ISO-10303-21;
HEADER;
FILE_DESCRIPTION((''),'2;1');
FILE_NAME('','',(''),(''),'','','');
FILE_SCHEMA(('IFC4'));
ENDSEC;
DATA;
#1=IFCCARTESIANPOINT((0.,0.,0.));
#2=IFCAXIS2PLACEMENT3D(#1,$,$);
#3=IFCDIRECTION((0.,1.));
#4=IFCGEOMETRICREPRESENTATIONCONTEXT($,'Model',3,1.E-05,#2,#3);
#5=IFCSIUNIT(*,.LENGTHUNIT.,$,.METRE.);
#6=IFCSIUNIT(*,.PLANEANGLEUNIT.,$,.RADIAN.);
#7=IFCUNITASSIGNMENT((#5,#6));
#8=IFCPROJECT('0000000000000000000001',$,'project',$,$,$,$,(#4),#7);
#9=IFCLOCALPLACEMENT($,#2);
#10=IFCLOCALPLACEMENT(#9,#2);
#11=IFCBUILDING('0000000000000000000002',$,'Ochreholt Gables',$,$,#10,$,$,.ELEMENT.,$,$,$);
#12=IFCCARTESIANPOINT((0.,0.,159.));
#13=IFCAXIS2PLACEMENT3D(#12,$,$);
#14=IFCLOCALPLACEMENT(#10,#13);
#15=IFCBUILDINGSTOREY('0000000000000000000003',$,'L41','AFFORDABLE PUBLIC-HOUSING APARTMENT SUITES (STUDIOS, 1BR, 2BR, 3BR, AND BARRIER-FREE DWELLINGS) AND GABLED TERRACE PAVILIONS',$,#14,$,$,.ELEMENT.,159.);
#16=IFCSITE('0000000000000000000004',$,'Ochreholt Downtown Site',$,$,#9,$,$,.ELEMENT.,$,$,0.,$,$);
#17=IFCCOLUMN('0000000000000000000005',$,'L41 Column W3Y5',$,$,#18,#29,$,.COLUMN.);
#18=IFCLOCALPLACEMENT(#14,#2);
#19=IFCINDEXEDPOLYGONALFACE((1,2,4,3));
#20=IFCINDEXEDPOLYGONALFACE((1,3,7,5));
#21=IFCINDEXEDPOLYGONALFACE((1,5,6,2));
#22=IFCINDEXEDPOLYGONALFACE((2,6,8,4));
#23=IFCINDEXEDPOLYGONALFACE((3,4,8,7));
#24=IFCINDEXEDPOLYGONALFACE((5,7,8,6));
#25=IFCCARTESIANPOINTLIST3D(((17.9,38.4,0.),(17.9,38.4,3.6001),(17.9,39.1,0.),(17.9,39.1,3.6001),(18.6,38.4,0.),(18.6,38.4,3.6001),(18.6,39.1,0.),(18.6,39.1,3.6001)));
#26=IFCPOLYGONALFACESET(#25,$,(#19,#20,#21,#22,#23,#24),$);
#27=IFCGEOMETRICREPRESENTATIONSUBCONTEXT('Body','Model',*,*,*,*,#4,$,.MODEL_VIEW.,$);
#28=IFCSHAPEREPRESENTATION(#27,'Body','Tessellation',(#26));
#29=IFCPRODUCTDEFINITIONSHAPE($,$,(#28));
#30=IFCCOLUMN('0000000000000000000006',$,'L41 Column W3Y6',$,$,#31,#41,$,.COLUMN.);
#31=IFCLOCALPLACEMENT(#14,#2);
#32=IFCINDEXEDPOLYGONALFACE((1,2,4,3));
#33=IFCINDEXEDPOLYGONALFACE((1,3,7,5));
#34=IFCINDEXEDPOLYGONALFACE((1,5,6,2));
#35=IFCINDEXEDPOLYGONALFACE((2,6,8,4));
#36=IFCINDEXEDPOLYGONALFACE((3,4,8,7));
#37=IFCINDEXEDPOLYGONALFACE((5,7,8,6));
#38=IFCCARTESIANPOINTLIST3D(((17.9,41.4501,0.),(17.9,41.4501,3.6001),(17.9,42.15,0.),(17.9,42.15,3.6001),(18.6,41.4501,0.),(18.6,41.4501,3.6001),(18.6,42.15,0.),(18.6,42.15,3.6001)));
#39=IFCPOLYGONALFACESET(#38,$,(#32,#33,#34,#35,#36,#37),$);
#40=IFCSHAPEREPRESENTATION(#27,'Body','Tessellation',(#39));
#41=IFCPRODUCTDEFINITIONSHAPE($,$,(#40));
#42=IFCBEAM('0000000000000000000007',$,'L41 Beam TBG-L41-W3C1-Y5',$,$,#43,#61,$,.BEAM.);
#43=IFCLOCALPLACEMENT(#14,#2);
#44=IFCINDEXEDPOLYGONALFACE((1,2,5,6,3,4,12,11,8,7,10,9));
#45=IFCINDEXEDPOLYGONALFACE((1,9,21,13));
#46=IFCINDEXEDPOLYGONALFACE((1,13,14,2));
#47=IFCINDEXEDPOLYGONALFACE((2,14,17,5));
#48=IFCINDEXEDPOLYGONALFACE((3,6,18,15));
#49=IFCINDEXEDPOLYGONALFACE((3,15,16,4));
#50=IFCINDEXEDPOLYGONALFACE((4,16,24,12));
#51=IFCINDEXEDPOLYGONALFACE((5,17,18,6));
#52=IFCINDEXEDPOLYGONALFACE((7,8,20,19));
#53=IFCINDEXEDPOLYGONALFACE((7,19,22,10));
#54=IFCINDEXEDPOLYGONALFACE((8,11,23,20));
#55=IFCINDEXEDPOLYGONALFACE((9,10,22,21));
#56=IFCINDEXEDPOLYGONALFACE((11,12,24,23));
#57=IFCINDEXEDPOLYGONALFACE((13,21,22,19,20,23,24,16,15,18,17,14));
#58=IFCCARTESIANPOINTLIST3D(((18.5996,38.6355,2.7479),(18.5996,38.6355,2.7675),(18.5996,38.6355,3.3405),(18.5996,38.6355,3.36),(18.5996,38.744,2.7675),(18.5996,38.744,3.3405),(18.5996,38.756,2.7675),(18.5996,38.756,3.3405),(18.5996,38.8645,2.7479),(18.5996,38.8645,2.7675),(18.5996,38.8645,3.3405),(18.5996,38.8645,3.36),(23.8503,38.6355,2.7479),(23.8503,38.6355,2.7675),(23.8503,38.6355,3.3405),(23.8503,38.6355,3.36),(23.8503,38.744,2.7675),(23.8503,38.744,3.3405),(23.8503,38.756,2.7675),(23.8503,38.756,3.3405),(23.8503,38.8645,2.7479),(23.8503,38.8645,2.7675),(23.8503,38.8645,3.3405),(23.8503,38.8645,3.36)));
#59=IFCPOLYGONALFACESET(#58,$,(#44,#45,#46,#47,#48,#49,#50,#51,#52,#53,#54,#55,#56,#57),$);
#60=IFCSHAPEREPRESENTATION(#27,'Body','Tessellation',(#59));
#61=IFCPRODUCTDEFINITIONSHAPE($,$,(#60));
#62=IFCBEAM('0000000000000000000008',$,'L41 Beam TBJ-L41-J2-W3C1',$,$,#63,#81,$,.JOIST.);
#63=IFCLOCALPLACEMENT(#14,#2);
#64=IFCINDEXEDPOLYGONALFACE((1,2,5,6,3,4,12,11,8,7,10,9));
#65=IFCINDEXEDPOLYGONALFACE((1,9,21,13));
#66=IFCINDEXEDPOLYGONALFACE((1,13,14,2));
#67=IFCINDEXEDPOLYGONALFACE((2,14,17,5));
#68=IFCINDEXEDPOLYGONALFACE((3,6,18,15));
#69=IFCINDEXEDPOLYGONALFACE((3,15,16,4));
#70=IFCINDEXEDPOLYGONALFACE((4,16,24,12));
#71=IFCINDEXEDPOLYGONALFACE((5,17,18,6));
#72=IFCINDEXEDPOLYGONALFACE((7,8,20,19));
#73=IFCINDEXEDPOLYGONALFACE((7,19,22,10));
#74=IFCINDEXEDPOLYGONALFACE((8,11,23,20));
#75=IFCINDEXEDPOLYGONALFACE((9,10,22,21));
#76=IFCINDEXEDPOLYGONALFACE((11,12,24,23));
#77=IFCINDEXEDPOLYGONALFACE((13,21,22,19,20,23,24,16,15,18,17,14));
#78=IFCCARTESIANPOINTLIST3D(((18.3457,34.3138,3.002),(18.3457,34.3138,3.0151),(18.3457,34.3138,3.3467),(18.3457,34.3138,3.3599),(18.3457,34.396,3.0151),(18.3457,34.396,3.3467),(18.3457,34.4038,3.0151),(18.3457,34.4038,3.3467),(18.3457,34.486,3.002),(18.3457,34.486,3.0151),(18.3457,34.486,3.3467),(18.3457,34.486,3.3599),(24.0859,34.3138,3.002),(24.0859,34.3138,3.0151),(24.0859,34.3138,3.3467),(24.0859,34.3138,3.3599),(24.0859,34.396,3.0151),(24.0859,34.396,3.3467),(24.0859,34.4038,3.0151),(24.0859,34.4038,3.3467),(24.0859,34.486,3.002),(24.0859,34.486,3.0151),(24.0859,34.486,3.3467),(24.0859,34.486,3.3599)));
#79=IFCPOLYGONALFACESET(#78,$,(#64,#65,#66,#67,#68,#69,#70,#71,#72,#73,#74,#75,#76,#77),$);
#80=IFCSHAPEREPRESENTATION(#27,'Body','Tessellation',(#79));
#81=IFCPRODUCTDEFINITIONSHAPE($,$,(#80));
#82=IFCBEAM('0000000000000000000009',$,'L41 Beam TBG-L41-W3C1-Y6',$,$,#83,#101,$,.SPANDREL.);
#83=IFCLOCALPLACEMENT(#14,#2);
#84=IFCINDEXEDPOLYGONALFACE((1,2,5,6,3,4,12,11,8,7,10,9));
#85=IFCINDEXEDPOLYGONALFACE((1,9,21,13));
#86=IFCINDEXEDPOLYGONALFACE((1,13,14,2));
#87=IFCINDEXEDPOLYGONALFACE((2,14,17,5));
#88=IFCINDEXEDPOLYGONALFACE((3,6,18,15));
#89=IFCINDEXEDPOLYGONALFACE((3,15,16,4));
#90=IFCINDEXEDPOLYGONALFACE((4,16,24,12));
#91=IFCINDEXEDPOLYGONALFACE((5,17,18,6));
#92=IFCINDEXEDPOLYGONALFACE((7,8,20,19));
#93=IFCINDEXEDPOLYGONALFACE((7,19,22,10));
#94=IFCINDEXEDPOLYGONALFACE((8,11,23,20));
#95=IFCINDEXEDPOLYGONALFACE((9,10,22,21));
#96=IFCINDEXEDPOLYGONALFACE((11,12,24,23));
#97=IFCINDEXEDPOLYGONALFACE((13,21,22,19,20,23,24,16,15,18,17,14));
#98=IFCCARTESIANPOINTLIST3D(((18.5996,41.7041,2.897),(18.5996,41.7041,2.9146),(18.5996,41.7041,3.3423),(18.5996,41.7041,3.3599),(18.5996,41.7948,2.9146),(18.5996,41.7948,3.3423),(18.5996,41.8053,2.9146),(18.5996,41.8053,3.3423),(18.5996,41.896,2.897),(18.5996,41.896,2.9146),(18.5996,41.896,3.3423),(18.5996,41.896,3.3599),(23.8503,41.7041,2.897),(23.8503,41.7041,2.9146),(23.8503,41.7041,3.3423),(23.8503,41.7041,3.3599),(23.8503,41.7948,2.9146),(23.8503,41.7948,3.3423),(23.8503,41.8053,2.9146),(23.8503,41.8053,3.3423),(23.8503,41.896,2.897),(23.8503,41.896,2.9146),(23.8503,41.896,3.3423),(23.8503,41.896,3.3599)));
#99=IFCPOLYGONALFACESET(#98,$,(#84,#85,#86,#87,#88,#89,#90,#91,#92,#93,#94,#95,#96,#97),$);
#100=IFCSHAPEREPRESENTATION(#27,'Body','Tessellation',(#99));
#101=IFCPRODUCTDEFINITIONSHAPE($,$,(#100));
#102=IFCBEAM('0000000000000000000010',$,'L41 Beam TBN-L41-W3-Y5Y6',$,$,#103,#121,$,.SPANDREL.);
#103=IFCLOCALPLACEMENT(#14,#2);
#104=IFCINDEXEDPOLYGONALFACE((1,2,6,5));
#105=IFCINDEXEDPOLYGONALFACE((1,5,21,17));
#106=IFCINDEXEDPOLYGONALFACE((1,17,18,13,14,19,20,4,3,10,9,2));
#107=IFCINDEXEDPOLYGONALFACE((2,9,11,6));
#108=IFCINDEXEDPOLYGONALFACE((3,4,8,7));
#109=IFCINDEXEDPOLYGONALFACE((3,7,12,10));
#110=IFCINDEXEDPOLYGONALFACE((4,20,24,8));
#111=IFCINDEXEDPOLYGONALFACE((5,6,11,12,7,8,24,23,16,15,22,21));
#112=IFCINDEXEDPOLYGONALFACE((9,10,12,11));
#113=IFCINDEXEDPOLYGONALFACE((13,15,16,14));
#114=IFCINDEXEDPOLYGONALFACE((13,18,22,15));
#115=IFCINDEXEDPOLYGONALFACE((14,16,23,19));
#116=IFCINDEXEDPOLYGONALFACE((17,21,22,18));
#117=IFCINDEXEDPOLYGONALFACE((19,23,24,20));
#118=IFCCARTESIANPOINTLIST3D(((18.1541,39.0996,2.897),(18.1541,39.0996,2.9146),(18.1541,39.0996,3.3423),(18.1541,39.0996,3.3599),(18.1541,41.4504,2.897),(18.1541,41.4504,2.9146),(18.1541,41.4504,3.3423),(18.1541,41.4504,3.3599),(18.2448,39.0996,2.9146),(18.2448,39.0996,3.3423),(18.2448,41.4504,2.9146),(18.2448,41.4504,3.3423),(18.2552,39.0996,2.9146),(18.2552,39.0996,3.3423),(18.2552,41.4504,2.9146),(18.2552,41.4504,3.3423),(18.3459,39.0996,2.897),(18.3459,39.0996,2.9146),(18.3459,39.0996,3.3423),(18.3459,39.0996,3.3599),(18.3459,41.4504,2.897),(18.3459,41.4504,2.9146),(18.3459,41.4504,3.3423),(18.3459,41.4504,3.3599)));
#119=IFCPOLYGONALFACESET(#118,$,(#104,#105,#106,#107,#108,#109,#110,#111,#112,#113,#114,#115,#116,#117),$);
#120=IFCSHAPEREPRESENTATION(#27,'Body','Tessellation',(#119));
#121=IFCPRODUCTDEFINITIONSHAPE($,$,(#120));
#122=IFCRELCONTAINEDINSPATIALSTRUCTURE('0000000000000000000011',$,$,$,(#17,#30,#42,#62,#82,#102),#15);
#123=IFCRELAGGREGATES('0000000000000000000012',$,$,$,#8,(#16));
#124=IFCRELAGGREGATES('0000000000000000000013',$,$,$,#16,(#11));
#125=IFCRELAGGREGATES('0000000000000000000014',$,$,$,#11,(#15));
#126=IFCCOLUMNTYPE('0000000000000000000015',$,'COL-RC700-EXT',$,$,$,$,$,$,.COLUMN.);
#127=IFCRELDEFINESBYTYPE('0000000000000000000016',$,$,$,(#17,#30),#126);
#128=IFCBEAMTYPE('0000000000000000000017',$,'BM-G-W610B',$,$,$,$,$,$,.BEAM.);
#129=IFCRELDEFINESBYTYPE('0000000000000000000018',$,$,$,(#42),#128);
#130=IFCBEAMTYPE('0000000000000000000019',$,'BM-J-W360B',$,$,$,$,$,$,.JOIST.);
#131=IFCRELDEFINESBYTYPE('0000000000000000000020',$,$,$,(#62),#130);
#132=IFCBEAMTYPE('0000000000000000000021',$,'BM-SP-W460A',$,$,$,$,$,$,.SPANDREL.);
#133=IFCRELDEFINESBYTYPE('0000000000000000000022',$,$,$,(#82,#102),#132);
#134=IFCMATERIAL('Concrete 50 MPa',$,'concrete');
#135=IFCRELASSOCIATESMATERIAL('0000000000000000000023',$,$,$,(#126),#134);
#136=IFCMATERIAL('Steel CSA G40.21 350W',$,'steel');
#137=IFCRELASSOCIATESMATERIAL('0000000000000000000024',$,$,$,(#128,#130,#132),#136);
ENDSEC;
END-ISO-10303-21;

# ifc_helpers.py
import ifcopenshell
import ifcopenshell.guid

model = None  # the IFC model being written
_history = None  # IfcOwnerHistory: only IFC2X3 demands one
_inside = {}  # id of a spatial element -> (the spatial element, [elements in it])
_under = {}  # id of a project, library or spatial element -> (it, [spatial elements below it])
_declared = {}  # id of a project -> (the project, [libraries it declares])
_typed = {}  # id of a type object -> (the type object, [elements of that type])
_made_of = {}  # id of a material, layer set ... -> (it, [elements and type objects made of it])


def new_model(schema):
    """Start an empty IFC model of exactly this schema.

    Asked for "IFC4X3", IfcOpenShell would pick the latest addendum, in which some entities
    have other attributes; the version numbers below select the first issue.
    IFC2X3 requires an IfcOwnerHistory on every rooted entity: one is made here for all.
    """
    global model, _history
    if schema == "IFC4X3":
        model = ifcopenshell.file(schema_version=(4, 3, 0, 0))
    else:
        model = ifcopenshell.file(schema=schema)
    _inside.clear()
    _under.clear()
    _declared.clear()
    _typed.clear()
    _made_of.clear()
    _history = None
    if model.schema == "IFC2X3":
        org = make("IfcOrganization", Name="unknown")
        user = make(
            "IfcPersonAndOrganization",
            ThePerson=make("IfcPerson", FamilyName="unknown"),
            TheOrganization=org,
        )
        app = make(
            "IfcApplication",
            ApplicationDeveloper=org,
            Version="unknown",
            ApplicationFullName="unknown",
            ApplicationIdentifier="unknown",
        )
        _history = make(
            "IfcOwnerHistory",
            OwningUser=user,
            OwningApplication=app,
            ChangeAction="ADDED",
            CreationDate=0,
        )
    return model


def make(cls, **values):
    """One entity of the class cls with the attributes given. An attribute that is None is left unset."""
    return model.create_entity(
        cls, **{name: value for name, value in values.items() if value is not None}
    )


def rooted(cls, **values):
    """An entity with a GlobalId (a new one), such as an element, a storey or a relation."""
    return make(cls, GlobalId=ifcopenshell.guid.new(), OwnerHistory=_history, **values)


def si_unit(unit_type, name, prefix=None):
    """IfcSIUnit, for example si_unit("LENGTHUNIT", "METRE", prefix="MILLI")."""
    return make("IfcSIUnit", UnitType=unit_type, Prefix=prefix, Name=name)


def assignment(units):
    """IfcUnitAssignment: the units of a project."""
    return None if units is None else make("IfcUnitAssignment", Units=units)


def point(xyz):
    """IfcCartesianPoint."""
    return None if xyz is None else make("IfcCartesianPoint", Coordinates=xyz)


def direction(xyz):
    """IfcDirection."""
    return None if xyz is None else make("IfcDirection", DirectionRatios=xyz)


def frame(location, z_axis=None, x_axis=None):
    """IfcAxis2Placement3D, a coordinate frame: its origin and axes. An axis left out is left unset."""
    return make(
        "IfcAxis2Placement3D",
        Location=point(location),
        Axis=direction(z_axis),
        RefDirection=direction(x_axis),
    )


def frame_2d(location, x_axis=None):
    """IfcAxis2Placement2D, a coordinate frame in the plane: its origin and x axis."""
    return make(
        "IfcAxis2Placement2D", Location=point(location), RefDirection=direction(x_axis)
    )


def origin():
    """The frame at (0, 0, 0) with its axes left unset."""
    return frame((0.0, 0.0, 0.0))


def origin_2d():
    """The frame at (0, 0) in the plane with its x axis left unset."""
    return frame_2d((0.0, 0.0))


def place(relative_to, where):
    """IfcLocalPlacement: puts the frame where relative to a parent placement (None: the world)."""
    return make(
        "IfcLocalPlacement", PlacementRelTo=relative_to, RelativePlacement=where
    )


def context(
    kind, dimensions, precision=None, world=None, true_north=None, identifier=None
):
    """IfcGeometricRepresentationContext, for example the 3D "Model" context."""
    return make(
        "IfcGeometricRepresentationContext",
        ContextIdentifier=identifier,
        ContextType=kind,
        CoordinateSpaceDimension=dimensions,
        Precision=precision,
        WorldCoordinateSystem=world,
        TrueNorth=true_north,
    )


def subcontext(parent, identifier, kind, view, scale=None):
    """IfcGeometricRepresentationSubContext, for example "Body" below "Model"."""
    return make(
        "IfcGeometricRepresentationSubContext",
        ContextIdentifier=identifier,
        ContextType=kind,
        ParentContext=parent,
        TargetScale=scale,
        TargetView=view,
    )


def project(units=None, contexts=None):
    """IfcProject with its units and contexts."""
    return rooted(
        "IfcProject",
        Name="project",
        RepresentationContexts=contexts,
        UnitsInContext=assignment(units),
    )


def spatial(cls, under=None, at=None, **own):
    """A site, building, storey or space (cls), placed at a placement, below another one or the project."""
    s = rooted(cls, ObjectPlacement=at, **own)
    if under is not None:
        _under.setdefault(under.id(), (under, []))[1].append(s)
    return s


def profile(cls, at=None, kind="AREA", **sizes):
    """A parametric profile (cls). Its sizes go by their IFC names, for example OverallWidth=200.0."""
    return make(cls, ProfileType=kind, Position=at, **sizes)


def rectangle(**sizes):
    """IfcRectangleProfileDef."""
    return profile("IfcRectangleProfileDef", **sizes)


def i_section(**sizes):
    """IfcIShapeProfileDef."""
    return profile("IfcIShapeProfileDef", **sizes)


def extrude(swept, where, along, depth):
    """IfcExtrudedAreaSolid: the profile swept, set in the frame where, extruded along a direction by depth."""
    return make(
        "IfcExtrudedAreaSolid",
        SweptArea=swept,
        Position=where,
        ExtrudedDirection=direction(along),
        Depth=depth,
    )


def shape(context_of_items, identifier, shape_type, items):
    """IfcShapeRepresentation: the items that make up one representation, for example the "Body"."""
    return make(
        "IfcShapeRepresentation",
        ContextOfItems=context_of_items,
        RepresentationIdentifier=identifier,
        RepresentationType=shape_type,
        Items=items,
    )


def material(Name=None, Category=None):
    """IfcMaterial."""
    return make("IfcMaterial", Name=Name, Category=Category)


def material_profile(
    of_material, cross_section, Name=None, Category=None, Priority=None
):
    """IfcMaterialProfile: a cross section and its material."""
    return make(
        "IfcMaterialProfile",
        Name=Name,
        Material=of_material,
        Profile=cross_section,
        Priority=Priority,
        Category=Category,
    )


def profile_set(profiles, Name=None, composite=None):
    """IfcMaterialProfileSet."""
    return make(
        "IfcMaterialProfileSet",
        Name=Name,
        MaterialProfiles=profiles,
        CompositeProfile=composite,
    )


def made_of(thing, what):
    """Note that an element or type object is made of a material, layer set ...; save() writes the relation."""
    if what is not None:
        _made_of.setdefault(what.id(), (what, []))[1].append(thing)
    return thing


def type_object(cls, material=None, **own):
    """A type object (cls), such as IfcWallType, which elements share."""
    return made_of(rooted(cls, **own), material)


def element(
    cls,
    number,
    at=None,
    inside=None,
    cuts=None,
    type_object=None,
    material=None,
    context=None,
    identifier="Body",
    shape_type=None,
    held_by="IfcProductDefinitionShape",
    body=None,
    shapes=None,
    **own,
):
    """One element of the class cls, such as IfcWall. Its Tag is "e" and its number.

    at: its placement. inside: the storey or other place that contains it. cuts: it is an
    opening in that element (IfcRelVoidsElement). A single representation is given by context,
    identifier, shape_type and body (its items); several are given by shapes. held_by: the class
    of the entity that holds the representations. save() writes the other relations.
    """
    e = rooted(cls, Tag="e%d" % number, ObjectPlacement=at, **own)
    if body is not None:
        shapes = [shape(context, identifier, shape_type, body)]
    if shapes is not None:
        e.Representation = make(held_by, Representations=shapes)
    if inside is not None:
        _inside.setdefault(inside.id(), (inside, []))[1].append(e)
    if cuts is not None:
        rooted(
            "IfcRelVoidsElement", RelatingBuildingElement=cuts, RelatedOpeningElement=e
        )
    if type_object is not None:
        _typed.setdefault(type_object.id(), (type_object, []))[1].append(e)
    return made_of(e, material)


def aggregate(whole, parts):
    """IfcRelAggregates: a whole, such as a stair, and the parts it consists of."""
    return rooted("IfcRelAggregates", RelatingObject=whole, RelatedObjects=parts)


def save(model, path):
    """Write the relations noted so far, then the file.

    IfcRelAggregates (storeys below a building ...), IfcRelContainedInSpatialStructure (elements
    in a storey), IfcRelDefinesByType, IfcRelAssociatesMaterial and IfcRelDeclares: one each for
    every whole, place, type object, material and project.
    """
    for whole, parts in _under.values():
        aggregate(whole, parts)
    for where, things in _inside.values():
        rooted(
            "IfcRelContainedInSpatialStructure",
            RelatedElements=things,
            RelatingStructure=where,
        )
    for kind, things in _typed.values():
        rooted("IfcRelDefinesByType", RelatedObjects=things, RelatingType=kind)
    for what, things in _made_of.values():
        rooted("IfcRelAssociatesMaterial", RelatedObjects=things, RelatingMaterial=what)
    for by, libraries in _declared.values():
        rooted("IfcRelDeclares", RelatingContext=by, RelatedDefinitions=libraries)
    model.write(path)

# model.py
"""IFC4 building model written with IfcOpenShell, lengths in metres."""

from ifc_helpers import new_model, si_unit, direction, frame, origin, origin_2d, place, context, subcontext, project, spatial, rectangle, i_section, extrude, material, material_profile, profile_set, type_object, element, save


model = new_model("IFC4")

# Units and contexts
model_context = context("Model", 3, precision=1e-05, world=origin(), true_north=direction((0.0, 1.0)))
body_context = subcontext(model_context, "Body", "Model", "MODEL_VIEW")
ifc_project = project(units=[si_unit("LENGTHUNIT", "METRE"), si_unit("PLANEANGLEUNIT", "RADIAN")], contexts=[model_context])

# Site, building, storey
site_placement = place(None, origin())
site = spatial("IfcSite", under=ifc_project, at=site_placement, Name="Ochreholt Downtown Site", CompositionType="ELEMENT", RefElevation=0.0)
building_placement = place(site_placement, origin())
building = spatial("IfcBuilding", under=site, at=building_placement, Name="Ochreholt Gables", CompositionType="ELEMENT")
storey_placement = place(building_placement, frame((0.0, 0.0, 159.0)))
storey = spatial("IfcBuildingStorey", under=building, at=storey_placement, Name="L41", Description="AFFORDABLE PUBLIC-HOUSING APARTMENT SUITES (STUDIOS, 1BR, 2BR, 3BR, AND BARRIER-FREE DWELLINGS) AND GABLED TERRACE PAVILIONS", CompositionType="ELEMENT", Elevation=159.0)

# Columns
ifc_material_1 = material(Name="Concrete 50 MPa", Category="concrete")
ifc_material_profile_1 = material_profile(ifc_material_1, rectangle(XDim=0.7, YDim=0.7, at=origin_2d()), Name="RC700X700")
ifc_profile_set_1 = profile_set([ifc_material_profile_1], Name="Concrete 50 MPa")
column_type = type_object("IfcColumnType", Name="COL-RC700-EXT", PredefinedType="COLUMN", material=ifc_profile_set_1)
for number, where, z_axis, x_axis, name in (
    (1, (18.25, 38.75, 0.0), (0.0, 0.0, 1.0), (1.0, 0.0, 0.0), "L41 Column W3Y5"),
    (2, (18.25, 41.8, 0.0), (0.0, 0.0, 1.0), (1.0, 0.0, 0.0), "L41 Column W3Y6"),
):
    element("IfcColumn", number, at=place(storey_placement, frame(where, z_axis=z_axis, x_axis=x_axis)), inside=storey, type_object=column_type, Name=name, PredefinedType="COLUMN", context=body_context, shape_type="SweptSolid", body=[
        extrude(rectangle(XDim=0.7, YDim=0.7, at=origin_2d()), origin(), (0.0, 0.0, 1.0), 3.6001),
    ])

# Beams
ifc_material_2 = material(Name="Steel CSA G40.21 350W", Category="steel")
ifc_material_profile_2 = material_profile(ifc_material_2, i_section(OverallWidth=0.229, OverallDepth=0.6121, WebThickness=0.012, FlangeThickness=0.0195, at=origin_2d()), Name="W610X125")
ifc_profile_set_2 = profile_set([ifc_material_profile_2], Name="Steel CSA G40.21 350W")
beam_type_1 = type_object("IfcBeamType", Name="BM-G-W610B", PredefinedType="BEAM", material=ifc_profile_set_2)
beam_1_placement = place(storey_placement, frame((18.5996, 38.75, 3.054), z_axis=(1.0, 0.0, 0.0), x_axis=(0.0, 1.0, 0.0)))
element("IfcBeam", 3, at=beam_1_placement, inside=storey, type_object=beam_type_1, Name="L41 Beam TBG-L41-W3C1-Y5", PredefinedType="BEAM", context=body_context, shape_type="SweptSolid", body=[
    extrude(i_section(OverallWidth=0.229, OverallDepth=0.6121, WebThickness=0.012, FlangeThickness=0.0195, at=origin_2d()), origin(), (0.0, 0.0, 1.0), 5.2507),
])
ifc_material_profile_3 = material_profile(ifc_material_2, i_section(OverallWidth=0.1721, OverallDepth=0.3579, WebThickness=0.0078, FlangeThickness=0.0132, at=origin_2d()), Name="W360X57")
ifc_profile_set_3 = profile_set([ifc_material_profile_3], Name="Steel CSA G40.21 350W")
beam_type_2 = type_object("IfcBeamType", Name="BM-J-W360B", PredefinedType="JOIST", material=ifc_profile_set_3)
beam_2_placement = place(storey_placement, frame((18.3457, 34.3999, 3.1809), z_axis=(1.0, 0.0, 0.0), x_axis=(0.0, 1.0, 0.0)))
element("IfcBeam", 4, at=beam_2_placement, inside=storey, type_object=beam_type_2, Name="L41 Beam TBJ-L41-J2-W3C1", PredefinedType="JOIST", context=body_context, shape_type="SweptSolid", body=[
    extrude(i_section(OverallWidth=0.1721, OverallDepth=0.3579, WebThickness=0.0078, FlangeThickness=0.0132, at=origin_2d()), origin(), (0.0, 0.0, 1.0), 5.7402),
])
ifc_material_profile_4 = material_profile(ifc_material_2, i_section(OverallWidth=0.1919, OverallDepth=0.4629, WebThickness=0.0105, FlangeThickness=0.0176, at=origin_2d()), Name="W460X89")
ifc_profile_set_4 = profile_set([ifc_material_profile_4], Name="Steel CSA G40.21 350W")
beam_type_3 = type_object("IfcBeamType", Name="BM-SP-W460A", PredefinedType="SPANDREL", material=ifc_profile_set_4)
beam_3_placement = place(storey_placement, frame((18.5996, 41.8, 3.1284), z_axis=(1.0, 0.0, 0.0), x_axis=(0.0, 1.0, 0.0)))
element("IfcBeam", 5, at=beam_3_placement, inside=storey, type_object=beam_type_3, Name="L41 Beam TBG-L41-W3C1-Y6", PredefinedType="SPANDREL", context=body_context, shape_type="SweptSolid", body=[
    extrude(i_section(OverallWidth=0.1919, OverallDepth=0.4629, WebThickness=0.0105, FlangeThickness=0.0176, at=origin_2d()), origin(), (0.0, 0.0, 1.0), 5.2507),
])
beam_4_placement = place(storey_placement, frame((18.25, 39.0996, 3.1284), z_axis=(0.0, 1.0, 0.0), x_axis=(-1.0, 0.0, 0.0)))
element("IfcBeam", 6, at=beam_4_placement, inside=storey, type_object=beam_type_3, Name="L41 Beam TBN-L41-W3-Y5Y6", PredefinedType="SPANDREL", context=body_context, shape_type="SweptSolid", body=[
    extrude(i_section(OverallWidth=0.1919, OverallDepth=0.4629, WebThickness=0.0105, FlangeThickness=0.0176, at=origin_2d()), origin(), (0.0, 0.0, 1.0), 2.3508),
])

save(model, "model.ifc")
